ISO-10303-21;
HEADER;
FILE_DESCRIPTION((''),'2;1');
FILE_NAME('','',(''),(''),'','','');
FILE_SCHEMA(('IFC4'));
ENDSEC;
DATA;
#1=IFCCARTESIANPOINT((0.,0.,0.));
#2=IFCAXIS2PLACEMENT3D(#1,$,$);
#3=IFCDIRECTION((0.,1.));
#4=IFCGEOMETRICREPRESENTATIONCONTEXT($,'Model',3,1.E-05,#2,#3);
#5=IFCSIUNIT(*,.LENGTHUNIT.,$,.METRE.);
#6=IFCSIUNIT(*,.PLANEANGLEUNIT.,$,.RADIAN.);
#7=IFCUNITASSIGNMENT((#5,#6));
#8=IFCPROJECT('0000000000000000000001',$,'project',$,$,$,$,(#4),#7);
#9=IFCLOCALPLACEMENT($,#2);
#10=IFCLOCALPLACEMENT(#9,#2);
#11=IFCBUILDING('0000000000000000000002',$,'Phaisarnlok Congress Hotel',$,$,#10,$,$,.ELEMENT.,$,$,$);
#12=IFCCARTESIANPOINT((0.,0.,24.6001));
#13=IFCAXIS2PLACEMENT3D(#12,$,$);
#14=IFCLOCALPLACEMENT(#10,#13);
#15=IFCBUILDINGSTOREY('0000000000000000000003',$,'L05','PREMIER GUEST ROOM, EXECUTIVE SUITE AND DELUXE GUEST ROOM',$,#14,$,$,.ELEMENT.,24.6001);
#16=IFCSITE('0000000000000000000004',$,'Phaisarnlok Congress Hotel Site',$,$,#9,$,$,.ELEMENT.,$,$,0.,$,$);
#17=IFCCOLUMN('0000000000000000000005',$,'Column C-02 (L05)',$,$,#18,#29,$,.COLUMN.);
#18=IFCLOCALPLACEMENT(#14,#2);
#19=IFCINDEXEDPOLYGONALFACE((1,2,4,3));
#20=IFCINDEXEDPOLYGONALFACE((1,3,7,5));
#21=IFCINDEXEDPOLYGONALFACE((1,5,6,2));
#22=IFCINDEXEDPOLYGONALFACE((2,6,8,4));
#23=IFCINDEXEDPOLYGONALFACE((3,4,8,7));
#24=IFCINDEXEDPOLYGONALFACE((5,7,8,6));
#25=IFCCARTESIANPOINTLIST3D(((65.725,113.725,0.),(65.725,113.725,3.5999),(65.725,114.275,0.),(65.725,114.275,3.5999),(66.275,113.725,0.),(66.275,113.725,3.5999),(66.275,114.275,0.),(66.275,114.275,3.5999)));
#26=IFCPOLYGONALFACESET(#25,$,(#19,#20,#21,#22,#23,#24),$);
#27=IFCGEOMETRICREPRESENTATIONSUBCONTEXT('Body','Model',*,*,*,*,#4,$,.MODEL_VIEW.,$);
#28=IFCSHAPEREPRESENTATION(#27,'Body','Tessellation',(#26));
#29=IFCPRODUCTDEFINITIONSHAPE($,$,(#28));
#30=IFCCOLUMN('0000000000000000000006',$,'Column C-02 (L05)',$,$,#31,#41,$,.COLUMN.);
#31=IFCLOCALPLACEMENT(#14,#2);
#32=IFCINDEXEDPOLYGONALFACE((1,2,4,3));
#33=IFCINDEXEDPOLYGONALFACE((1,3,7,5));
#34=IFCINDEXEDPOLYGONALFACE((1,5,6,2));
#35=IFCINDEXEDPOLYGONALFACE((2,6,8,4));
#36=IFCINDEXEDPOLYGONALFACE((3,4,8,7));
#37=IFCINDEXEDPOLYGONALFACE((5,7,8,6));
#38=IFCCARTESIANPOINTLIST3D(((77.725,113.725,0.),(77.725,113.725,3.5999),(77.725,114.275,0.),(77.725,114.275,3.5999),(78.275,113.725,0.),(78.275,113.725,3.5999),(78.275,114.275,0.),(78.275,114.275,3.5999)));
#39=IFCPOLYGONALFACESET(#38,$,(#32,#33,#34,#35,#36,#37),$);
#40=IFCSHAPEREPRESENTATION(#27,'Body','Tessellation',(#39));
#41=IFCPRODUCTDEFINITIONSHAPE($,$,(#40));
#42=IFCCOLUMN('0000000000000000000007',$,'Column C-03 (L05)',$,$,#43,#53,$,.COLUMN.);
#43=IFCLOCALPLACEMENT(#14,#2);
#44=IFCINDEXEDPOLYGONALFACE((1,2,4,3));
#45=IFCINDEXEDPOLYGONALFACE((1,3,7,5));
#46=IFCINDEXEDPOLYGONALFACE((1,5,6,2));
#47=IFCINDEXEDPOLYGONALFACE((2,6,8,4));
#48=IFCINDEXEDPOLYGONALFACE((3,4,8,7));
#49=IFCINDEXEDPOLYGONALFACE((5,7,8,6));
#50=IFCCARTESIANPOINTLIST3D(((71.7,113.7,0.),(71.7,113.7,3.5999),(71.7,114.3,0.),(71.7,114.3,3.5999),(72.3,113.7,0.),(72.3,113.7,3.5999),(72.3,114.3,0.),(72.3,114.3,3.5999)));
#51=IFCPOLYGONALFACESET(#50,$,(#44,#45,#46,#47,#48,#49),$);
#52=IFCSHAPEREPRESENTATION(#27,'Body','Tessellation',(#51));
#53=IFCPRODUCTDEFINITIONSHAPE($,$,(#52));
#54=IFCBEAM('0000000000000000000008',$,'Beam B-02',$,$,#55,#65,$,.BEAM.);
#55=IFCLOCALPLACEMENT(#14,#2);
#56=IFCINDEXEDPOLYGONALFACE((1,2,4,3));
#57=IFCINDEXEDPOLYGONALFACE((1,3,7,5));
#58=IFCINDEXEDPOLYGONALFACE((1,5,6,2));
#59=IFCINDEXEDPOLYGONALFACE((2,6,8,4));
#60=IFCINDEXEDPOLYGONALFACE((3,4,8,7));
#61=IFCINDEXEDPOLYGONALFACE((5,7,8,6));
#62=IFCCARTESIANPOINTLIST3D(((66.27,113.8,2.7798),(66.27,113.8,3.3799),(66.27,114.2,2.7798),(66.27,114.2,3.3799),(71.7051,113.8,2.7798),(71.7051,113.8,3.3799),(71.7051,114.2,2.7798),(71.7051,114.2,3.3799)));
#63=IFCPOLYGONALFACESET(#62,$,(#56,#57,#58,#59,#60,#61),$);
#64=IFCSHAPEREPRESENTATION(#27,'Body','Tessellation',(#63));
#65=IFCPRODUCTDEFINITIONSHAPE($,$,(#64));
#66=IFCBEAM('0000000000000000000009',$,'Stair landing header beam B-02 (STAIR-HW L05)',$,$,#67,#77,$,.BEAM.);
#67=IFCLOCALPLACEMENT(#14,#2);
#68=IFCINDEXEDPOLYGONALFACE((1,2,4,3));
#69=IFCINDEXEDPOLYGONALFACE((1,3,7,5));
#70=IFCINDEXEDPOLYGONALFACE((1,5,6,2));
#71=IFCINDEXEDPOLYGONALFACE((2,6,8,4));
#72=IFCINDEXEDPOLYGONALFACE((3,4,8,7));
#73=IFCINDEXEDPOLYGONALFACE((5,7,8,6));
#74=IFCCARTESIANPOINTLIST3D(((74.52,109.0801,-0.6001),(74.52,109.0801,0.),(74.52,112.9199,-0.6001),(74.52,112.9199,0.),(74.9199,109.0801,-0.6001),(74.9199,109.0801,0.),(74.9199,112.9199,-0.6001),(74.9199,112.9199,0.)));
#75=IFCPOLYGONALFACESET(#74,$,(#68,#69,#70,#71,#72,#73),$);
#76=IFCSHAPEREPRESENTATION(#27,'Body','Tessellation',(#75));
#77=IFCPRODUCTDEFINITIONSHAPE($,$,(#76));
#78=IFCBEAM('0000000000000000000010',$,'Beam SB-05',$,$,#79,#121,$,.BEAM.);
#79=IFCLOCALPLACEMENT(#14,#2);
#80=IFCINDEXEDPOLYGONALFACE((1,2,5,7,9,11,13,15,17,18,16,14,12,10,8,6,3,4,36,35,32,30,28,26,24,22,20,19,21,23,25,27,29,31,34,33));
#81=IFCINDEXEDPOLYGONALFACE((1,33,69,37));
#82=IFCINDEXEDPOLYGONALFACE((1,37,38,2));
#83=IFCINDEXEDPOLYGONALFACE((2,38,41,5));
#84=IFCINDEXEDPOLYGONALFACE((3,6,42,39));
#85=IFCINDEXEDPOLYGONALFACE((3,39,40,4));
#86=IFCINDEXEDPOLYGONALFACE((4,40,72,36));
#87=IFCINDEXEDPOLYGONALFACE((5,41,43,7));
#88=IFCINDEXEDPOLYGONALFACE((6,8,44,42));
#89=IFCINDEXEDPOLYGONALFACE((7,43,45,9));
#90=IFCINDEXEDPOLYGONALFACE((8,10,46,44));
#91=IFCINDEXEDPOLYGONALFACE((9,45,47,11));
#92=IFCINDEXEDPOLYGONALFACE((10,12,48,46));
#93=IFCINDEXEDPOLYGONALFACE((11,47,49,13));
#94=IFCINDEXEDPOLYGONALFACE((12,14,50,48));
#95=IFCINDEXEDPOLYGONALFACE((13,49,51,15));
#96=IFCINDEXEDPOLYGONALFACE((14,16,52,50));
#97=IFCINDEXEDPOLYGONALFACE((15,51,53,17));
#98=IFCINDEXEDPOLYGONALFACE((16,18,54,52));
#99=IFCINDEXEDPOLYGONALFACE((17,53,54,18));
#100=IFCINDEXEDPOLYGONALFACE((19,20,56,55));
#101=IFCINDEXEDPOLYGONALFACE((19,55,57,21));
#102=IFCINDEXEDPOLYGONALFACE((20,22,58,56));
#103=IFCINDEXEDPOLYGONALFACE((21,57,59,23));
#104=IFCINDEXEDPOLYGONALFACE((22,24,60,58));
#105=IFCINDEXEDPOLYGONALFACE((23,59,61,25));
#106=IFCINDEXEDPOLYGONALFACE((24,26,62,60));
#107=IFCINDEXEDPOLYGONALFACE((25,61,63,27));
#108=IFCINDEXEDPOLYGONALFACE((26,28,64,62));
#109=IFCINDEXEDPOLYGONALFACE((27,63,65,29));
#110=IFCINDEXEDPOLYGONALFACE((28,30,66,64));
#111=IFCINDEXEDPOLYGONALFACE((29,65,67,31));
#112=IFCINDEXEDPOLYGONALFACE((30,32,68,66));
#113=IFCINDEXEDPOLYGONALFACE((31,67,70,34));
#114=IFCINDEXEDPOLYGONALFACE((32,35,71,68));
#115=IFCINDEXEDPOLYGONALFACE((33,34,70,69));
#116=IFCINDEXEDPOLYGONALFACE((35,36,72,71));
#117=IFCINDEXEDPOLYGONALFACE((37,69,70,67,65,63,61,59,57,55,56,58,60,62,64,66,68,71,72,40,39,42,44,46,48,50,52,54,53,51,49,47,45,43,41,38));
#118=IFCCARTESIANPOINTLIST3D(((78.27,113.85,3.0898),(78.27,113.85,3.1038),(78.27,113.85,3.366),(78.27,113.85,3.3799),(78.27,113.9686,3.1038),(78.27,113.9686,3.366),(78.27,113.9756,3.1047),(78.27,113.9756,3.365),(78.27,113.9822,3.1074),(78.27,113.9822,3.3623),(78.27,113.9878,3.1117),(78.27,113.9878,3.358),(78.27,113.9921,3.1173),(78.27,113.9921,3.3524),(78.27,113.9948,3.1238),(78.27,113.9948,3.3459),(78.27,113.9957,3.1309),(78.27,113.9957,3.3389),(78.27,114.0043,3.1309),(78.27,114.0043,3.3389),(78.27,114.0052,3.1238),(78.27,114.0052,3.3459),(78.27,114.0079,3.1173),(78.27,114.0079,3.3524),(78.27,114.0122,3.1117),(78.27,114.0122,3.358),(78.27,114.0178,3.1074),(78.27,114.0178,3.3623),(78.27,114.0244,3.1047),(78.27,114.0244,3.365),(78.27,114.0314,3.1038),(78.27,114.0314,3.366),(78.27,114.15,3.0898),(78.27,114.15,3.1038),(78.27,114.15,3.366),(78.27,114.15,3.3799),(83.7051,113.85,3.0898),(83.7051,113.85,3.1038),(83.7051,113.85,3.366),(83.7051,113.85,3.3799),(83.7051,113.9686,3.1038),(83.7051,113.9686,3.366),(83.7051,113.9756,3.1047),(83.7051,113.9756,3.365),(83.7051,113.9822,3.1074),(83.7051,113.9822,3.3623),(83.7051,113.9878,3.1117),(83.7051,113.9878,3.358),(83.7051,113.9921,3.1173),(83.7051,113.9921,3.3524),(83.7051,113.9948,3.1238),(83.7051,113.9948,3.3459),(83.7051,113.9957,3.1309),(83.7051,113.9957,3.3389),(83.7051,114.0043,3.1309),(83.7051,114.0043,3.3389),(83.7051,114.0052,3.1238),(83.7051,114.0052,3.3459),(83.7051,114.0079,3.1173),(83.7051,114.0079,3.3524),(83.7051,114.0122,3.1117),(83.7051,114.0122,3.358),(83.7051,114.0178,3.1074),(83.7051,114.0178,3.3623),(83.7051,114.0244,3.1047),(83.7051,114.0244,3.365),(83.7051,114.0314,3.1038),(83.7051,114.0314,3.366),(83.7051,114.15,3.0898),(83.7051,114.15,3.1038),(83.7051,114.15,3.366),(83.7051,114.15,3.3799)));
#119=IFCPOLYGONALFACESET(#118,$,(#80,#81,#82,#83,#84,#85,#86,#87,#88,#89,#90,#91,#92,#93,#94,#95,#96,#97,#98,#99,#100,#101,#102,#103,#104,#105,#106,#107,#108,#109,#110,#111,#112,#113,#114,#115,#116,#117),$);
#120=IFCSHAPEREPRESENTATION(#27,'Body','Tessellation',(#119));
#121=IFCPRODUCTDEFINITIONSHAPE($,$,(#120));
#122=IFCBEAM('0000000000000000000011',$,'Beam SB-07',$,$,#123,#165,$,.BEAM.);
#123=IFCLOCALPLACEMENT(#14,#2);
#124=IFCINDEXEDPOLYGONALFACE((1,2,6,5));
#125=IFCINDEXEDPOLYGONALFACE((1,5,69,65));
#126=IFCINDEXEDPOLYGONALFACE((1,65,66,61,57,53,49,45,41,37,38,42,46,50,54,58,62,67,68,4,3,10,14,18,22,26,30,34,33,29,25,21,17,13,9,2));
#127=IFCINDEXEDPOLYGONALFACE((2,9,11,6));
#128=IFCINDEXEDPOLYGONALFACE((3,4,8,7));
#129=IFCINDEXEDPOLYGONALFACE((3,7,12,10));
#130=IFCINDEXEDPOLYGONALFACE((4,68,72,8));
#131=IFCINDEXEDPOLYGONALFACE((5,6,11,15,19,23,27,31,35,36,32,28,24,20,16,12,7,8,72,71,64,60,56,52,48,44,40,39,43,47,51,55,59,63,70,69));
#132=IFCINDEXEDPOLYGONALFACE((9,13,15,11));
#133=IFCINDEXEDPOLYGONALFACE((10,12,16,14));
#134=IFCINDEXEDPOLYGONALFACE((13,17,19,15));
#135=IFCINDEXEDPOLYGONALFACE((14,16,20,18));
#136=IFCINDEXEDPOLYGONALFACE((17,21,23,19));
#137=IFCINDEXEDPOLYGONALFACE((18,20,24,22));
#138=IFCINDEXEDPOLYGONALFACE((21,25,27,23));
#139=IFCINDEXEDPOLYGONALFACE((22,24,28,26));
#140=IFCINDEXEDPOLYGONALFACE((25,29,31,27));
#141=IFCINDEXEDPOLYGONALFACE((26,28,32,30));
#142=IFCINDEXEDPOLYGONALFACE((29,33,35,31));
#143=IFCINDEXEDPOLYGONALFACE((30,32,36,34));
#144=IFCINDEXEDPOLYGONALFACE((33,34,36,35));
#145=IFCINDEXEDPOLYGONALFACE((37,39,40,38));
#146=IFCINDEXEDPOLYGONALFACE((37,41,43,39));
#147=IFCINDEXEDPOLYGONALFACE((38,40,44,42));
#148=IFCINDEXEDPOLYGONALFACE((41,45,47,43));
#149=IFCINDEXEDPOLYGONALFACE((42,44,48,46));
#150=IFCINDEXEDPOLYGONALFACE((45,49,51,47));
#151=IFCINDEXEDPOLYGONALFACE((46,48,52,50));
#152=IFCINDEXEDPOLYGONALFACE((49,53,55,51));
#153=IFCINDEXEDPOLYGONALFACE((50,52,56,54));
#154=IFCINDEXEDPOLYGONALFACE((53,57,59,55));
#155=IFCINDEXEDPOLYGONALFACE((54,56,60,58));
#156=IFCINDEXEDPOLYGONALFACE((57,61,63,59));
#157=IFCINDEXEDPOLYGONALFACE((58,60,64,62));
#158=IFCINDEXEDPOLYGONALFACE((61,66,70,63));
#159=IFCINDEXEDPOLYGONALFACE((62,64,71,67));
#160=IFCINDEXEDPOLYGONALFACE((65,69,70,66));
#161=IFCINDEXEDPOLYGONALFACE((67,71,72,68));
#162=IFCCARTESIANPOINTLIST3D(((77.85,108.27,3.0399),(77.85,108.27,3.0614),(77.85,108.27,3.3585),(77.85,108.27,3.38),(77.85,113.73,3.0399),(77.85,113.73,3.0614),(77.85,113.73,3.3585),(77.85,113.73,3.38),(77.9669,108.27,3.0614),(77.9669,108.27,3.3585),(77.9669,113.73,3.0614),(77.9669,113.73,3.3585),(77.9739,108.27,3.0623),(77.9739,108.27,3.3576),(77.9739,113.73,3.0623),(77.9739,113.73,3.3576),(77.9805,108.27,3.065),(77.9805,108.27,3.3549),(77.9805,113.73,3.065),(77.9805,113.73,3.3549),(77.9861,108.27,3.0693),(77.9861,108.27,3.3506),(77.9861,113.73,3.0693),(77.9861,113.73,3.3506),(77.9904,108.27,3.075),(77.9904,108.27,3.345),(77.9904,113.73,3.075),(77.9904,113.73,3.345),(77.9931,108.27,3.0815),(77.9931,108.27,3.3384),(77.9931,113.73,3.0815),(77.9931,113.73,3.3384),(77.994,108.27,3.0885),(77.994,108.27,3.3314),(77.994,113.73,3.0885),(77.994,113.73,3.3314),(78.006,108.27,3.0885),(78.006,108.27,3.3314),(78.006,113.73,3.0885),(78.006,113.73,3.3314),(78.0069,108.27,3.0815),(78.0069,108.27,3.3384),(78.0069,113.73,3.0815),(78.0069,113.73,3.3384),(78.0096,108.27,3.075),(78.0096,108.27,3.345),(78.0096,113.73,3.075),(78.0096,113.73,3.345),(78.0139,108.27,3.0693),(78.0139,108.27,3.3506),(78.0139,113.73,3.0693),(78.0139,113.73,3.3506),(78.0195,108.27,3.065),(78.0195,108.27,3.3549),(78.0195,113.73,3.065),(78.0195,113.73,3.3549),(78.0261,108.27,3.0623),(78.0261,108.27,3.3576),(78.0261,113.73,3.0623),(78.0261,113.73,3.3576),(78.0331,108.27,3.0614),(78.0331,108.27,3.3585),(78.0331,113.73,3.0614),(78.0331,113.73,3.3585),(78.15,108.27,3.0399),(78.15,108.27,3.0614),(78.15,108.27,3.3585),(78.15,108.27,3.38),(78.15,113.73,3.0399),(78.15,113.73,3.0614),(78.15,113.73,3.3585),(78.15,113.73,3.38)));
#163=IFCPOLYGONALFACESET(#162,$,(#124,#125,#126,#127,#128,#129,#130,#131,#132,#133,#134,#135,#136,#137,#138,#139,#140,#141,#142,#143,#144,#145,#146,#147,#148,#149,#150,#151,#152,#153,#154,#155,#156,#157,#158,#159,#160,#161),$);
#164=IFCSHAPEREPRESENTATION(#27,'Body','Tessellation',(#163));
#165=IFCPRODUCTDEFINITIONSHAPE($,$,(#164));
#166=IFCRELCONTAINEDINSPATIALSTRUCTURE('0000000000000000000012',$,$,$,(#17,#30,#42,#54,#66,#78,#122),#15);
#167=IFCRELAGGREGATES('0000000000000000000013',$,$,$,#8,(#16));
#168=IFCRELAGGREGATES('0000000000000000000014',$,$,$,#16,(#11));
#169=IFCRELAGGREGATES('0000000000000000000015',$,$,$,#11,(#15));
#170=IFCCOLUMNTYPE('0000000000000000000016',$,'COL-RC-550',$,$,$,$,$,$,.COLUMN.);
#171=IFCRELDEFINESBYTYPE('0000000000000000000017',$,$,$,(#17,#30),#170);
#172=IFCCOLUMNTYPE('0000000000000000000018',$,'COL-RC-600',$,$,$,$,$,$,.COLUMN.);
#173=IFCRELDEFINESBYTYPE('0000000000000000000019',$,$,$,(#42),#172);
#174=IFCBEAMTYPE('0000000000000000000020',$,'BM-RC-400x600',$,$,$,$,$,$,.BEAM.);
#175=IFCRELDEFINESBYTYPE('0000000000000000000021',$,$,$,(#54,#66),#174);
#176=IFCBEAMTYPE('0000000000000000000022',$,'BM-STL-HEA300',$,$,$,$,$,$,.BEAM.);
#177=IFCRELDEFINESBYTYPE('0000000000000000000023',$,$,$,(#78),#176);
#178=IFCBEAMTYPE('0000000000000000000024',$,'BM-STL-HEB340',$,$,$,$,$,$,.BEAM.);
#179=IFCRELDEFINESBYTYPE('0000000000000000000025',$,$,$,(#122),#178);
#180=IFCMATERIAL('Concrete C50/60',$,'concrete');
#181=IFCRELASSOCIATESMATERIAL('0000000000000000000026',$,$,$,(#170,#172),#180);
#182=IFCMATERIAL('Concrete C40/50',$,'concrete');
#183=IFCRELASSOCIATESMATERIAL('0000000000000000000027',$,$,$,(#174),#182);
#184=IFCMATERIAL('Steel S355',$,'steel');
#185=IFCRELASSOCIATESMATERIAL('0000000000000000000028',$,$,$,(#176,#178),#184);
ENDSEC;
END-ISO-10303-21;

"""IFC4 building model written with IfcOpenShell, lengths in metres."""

from ifc_helpers import new_model, si_unit, direction, frame, origin, origin_2d, place, context, subcontext, project, spatial, rectangle, i_section, extrude, material, material_profile, profile_set, type_object, element, save


model = new_model("IFC4")

# Units and contexts
model_context = context("Model", 3, precision=1e-05, world=origin(), true_north=direction((0.0, 1.0)))
body_context = subcontext(model_context, "Body", "Model", "MODEL_VIEW")
ifc_project = project(units=[si_unit("LENGTHUNIT", "METRE"), si_unit("PLANEANGLEUNIT", "RADIAN")], contexts=[model_context])

# Site, building, storey
site_placement = place(None, origin())
site = spatial("IfcSite", under=ifc_project, at=site_placement, Name="Phaisarnlok Congress Hotel Site", CompositionType="ELEMENT", RefElevation=0.0)
building_placement = place(site_placement, origin())
building = spatial("IfcBuilding", under=site, at=building_placement, Name="Phaisarnlok Congress Hotel", CompositionType="ELEMENT")
storey_placement = place(building_placement, frame((0.0, 0.0, 24.6001)))
storey = spatial("IfcBuildingStorey", under=building, at=storey_placement, Name="L05", Description="PREMIER GUEST ROOM, EXECUTIVE SUITE AND DELUXE GUEST ROOM", CompositionType="ELEMENT", Elevation=24.6001)

# Columns
ifc_material_1 = material(Name="Concrete C50/60", Category="concrete")
ifc_material_profile_1 = material_profile(ifc_material_1, rectangle(XDim=0.55, YDim=0.55, at=origin_2d()), Name="RC 550x550")
ifc_profile_set_1 = profile_set([ifc_material_profile_1], Name="Concrete C50/60")
column_type_1 = type_object("IfcColumnType", Name="COL-RC-550", PredefinedType="COLUMN", material=ifc_profile_set_1)
for number, where, z_axis, x_axis, name in (
    (1, (66.0, 114.0, 0.0), (0.0, 0.0, 1.0), (1.0, 0.0, 0.0), "Column C-02 (L05)"),
    (2, (78.0, 114.0, 0.0), (0.0, 0.0, 1.0), (1.0, 0.0, 0.0), "Column C-02 (L05)"),
):
    element("IfcColumn", number, at=place(storey_placement, frame(where, z_axis=z_axis, x_axis=x_axis)), inside=storey, type_object=column_type_1, Name=name, PredefinedType="COLUMN", context=body_context, shape_type="SweptSolid", body=[
        extrude(rectangle(XDim=0.55, YDim=0.55, at=origin_2d()), origin(), (0.0, 0.0, 1.0), 3.5999),
    ])
ifc_material_profile_2 = material_profile(ifc_material_1, rectangle(XDim=0.6001, YDim=0.6001, at=origin_2d()), Name="RC 600x600")
ifc_profile_set_2 = profile_set([ifc_material_profile_2], Name="Concrete C50/60")
column_type_2 = type_object("IfcColumnType", Name="COL-RC-600", PredefinedType="COLUMN", material=ifc_profile_set_2)
column_placement = place(storey_placement, frame((72.0, 114.0, 0.0), z_axis=(0.0, 0.0, 1.0), x_axis=(1.0, 0.0, 0.0)))
element("IfcColumn", 3, at=column_placement, inside=storey, type_object=column_type_2, Name="Column C-03 (L05)", PredefinedType="COLUMN", context=body_context, shape_type="SweptSolid", body=[
    extrude(rectangle(XDim=0.6001, YDim=0.6001, at=origin_2d()), origin(), (0.0, 0.0, 1.0), 3.5999),
])

# Beams
ifc_material_2 = material(Name="Concrete C40/50", Category="concrete")
ifc_material_profile_3 = material_profile(ifc_material_2, rectangle(XDim=0.3999, YDim=0.6001, at=origin_2d()), Name="RC 400x600")
ifc_profile_set_3 = profile_set([ifc_material_profile_3], Name="Concrete C40/50")
beam_type_1 = type_object("IfcBeamType", Name="BM-RC-400x600", PredefinedType="BEAM", material=ifc_profile_set_3)
beam_1_placement = place(storey_placement, frame((66.27, 114.0, 3.0798), z_axis=(1.0, 0.0, 0.0), x_axis=(0.0, 1.0, 0.0)))
element("IfcBeam", 4, at=beam_1_placement, inside=storey, type_object=beam_type_1, Name="Beam B-02", PredefinedType="BEAM", context=body_context, shape_type="SweptSolid", body=[
    extrude(rectangle(XDim=0.3999, YDim=0.6001, at=origin_2d()), origin(), (0.0, 0.0, 1.0), 5.4351),
])
beam_2_placement = place(storey_placement, frame((74.72, 109.0801, -0.3), z_axis=(0.0, 1.0, 0.0), x_axis=(-1.0, 0.0, 0.0)))
element("IfcBeam", 5, at=beam_2_placement, inside=storey, type_object=beam_type_1, Name="Stair landing header beam B-02 (STAIR-HW L05)", PredefinedType="BEAM", context=body_context, shape_type="SweptSolid", body=[
    extrude(rectangle(XDim=0.3999, YDim=0.6001, at=origin_2d()), origin(), (0.0, 0.0, 1.0), 3.8398),
])
ifc_material_3 = material(Name="Steel S355", Category="steel")
ifc_material_profile_4 = material_profile(ifc_material_3, i_section(OverallWidth=0.3, OverallDepth=0.29, WebThickness=0.0085, FlangeThickness=0.0139, FilletRadius=0.0271, at=origin_2d()), Name="HEA 300")
ifc_profile_set_4 = profile_set([ifc_material_profile_4], Name="Steel S355")
beam_type_2 = type_object("IfcBeamType", Name="BM-STL-HEA300", PredefinedType="BEAM", material=ifc_profile_set_4)
beam_3_placement = place(storey_placement, frame((78.27, 114.0, 3.2349), z_axis=(1.0, 0.0, 0.0), x_axis=(0.0, 1.0, 0.0)))
element("IfcBeam", 6, at=beam_3_placement, inside=storey, type_object=beam_type_2, Name="Beam SB-05", PredefinedType="BEAM", context=body_context, shape_type="SweptSolid", body=[
    extrude(i_section(OverallWidth=0.3, OverallDepth=0.29, WebThickness=0.0085, FlangeThickness=0.0139, FilletRadius=0.0271, at=origin_2d()), origin(), (0.0, 0.0, 1.0), 5.4351),
])
ifc_material_profile_5 = material_profile(ifc_material_3, i_section(OverallWidth=0.3, OverallDepth=0.3401, WebThickness=0.012, FlangeThickness=0.0215, FilletRadius=0.0271, at=origin_2d()), Name="HEB 340")
ifc_profile_set_5 = profile_set([ifc_material_profile_5], Name="Steel S355")
beam_type_3 = type_object("IfcBeamType", Name="BM-STL-HEB340", PredefinedType="BEAM", material=ifc_profile_set_5)
beam_4_placement = place(storey_placement, frame((78.0, 108.27, 3.21), z_axis=(0.0, 1.0, 0.0), x_axis=(-1.0, 0.0, 0.0)))
element("IfcBeam", 7, at=beam_4_placement, inside=storey, type_object=beam_type_3, Name="Beam SB-07", PredefinedType="BEAM", context=body_context, shape_type="SweptSolid", body=[
    extrude(i_section(OverallWidth=0.3, OverallDepth=0.3401, WebThickness=0.012, FlangeThickness=0.0215, FilletRadius=0.0271, at=origin_2d()), origin(), (0.0, 0.0, 1.0), 5.46),
])

save(model, "model.ifc")
